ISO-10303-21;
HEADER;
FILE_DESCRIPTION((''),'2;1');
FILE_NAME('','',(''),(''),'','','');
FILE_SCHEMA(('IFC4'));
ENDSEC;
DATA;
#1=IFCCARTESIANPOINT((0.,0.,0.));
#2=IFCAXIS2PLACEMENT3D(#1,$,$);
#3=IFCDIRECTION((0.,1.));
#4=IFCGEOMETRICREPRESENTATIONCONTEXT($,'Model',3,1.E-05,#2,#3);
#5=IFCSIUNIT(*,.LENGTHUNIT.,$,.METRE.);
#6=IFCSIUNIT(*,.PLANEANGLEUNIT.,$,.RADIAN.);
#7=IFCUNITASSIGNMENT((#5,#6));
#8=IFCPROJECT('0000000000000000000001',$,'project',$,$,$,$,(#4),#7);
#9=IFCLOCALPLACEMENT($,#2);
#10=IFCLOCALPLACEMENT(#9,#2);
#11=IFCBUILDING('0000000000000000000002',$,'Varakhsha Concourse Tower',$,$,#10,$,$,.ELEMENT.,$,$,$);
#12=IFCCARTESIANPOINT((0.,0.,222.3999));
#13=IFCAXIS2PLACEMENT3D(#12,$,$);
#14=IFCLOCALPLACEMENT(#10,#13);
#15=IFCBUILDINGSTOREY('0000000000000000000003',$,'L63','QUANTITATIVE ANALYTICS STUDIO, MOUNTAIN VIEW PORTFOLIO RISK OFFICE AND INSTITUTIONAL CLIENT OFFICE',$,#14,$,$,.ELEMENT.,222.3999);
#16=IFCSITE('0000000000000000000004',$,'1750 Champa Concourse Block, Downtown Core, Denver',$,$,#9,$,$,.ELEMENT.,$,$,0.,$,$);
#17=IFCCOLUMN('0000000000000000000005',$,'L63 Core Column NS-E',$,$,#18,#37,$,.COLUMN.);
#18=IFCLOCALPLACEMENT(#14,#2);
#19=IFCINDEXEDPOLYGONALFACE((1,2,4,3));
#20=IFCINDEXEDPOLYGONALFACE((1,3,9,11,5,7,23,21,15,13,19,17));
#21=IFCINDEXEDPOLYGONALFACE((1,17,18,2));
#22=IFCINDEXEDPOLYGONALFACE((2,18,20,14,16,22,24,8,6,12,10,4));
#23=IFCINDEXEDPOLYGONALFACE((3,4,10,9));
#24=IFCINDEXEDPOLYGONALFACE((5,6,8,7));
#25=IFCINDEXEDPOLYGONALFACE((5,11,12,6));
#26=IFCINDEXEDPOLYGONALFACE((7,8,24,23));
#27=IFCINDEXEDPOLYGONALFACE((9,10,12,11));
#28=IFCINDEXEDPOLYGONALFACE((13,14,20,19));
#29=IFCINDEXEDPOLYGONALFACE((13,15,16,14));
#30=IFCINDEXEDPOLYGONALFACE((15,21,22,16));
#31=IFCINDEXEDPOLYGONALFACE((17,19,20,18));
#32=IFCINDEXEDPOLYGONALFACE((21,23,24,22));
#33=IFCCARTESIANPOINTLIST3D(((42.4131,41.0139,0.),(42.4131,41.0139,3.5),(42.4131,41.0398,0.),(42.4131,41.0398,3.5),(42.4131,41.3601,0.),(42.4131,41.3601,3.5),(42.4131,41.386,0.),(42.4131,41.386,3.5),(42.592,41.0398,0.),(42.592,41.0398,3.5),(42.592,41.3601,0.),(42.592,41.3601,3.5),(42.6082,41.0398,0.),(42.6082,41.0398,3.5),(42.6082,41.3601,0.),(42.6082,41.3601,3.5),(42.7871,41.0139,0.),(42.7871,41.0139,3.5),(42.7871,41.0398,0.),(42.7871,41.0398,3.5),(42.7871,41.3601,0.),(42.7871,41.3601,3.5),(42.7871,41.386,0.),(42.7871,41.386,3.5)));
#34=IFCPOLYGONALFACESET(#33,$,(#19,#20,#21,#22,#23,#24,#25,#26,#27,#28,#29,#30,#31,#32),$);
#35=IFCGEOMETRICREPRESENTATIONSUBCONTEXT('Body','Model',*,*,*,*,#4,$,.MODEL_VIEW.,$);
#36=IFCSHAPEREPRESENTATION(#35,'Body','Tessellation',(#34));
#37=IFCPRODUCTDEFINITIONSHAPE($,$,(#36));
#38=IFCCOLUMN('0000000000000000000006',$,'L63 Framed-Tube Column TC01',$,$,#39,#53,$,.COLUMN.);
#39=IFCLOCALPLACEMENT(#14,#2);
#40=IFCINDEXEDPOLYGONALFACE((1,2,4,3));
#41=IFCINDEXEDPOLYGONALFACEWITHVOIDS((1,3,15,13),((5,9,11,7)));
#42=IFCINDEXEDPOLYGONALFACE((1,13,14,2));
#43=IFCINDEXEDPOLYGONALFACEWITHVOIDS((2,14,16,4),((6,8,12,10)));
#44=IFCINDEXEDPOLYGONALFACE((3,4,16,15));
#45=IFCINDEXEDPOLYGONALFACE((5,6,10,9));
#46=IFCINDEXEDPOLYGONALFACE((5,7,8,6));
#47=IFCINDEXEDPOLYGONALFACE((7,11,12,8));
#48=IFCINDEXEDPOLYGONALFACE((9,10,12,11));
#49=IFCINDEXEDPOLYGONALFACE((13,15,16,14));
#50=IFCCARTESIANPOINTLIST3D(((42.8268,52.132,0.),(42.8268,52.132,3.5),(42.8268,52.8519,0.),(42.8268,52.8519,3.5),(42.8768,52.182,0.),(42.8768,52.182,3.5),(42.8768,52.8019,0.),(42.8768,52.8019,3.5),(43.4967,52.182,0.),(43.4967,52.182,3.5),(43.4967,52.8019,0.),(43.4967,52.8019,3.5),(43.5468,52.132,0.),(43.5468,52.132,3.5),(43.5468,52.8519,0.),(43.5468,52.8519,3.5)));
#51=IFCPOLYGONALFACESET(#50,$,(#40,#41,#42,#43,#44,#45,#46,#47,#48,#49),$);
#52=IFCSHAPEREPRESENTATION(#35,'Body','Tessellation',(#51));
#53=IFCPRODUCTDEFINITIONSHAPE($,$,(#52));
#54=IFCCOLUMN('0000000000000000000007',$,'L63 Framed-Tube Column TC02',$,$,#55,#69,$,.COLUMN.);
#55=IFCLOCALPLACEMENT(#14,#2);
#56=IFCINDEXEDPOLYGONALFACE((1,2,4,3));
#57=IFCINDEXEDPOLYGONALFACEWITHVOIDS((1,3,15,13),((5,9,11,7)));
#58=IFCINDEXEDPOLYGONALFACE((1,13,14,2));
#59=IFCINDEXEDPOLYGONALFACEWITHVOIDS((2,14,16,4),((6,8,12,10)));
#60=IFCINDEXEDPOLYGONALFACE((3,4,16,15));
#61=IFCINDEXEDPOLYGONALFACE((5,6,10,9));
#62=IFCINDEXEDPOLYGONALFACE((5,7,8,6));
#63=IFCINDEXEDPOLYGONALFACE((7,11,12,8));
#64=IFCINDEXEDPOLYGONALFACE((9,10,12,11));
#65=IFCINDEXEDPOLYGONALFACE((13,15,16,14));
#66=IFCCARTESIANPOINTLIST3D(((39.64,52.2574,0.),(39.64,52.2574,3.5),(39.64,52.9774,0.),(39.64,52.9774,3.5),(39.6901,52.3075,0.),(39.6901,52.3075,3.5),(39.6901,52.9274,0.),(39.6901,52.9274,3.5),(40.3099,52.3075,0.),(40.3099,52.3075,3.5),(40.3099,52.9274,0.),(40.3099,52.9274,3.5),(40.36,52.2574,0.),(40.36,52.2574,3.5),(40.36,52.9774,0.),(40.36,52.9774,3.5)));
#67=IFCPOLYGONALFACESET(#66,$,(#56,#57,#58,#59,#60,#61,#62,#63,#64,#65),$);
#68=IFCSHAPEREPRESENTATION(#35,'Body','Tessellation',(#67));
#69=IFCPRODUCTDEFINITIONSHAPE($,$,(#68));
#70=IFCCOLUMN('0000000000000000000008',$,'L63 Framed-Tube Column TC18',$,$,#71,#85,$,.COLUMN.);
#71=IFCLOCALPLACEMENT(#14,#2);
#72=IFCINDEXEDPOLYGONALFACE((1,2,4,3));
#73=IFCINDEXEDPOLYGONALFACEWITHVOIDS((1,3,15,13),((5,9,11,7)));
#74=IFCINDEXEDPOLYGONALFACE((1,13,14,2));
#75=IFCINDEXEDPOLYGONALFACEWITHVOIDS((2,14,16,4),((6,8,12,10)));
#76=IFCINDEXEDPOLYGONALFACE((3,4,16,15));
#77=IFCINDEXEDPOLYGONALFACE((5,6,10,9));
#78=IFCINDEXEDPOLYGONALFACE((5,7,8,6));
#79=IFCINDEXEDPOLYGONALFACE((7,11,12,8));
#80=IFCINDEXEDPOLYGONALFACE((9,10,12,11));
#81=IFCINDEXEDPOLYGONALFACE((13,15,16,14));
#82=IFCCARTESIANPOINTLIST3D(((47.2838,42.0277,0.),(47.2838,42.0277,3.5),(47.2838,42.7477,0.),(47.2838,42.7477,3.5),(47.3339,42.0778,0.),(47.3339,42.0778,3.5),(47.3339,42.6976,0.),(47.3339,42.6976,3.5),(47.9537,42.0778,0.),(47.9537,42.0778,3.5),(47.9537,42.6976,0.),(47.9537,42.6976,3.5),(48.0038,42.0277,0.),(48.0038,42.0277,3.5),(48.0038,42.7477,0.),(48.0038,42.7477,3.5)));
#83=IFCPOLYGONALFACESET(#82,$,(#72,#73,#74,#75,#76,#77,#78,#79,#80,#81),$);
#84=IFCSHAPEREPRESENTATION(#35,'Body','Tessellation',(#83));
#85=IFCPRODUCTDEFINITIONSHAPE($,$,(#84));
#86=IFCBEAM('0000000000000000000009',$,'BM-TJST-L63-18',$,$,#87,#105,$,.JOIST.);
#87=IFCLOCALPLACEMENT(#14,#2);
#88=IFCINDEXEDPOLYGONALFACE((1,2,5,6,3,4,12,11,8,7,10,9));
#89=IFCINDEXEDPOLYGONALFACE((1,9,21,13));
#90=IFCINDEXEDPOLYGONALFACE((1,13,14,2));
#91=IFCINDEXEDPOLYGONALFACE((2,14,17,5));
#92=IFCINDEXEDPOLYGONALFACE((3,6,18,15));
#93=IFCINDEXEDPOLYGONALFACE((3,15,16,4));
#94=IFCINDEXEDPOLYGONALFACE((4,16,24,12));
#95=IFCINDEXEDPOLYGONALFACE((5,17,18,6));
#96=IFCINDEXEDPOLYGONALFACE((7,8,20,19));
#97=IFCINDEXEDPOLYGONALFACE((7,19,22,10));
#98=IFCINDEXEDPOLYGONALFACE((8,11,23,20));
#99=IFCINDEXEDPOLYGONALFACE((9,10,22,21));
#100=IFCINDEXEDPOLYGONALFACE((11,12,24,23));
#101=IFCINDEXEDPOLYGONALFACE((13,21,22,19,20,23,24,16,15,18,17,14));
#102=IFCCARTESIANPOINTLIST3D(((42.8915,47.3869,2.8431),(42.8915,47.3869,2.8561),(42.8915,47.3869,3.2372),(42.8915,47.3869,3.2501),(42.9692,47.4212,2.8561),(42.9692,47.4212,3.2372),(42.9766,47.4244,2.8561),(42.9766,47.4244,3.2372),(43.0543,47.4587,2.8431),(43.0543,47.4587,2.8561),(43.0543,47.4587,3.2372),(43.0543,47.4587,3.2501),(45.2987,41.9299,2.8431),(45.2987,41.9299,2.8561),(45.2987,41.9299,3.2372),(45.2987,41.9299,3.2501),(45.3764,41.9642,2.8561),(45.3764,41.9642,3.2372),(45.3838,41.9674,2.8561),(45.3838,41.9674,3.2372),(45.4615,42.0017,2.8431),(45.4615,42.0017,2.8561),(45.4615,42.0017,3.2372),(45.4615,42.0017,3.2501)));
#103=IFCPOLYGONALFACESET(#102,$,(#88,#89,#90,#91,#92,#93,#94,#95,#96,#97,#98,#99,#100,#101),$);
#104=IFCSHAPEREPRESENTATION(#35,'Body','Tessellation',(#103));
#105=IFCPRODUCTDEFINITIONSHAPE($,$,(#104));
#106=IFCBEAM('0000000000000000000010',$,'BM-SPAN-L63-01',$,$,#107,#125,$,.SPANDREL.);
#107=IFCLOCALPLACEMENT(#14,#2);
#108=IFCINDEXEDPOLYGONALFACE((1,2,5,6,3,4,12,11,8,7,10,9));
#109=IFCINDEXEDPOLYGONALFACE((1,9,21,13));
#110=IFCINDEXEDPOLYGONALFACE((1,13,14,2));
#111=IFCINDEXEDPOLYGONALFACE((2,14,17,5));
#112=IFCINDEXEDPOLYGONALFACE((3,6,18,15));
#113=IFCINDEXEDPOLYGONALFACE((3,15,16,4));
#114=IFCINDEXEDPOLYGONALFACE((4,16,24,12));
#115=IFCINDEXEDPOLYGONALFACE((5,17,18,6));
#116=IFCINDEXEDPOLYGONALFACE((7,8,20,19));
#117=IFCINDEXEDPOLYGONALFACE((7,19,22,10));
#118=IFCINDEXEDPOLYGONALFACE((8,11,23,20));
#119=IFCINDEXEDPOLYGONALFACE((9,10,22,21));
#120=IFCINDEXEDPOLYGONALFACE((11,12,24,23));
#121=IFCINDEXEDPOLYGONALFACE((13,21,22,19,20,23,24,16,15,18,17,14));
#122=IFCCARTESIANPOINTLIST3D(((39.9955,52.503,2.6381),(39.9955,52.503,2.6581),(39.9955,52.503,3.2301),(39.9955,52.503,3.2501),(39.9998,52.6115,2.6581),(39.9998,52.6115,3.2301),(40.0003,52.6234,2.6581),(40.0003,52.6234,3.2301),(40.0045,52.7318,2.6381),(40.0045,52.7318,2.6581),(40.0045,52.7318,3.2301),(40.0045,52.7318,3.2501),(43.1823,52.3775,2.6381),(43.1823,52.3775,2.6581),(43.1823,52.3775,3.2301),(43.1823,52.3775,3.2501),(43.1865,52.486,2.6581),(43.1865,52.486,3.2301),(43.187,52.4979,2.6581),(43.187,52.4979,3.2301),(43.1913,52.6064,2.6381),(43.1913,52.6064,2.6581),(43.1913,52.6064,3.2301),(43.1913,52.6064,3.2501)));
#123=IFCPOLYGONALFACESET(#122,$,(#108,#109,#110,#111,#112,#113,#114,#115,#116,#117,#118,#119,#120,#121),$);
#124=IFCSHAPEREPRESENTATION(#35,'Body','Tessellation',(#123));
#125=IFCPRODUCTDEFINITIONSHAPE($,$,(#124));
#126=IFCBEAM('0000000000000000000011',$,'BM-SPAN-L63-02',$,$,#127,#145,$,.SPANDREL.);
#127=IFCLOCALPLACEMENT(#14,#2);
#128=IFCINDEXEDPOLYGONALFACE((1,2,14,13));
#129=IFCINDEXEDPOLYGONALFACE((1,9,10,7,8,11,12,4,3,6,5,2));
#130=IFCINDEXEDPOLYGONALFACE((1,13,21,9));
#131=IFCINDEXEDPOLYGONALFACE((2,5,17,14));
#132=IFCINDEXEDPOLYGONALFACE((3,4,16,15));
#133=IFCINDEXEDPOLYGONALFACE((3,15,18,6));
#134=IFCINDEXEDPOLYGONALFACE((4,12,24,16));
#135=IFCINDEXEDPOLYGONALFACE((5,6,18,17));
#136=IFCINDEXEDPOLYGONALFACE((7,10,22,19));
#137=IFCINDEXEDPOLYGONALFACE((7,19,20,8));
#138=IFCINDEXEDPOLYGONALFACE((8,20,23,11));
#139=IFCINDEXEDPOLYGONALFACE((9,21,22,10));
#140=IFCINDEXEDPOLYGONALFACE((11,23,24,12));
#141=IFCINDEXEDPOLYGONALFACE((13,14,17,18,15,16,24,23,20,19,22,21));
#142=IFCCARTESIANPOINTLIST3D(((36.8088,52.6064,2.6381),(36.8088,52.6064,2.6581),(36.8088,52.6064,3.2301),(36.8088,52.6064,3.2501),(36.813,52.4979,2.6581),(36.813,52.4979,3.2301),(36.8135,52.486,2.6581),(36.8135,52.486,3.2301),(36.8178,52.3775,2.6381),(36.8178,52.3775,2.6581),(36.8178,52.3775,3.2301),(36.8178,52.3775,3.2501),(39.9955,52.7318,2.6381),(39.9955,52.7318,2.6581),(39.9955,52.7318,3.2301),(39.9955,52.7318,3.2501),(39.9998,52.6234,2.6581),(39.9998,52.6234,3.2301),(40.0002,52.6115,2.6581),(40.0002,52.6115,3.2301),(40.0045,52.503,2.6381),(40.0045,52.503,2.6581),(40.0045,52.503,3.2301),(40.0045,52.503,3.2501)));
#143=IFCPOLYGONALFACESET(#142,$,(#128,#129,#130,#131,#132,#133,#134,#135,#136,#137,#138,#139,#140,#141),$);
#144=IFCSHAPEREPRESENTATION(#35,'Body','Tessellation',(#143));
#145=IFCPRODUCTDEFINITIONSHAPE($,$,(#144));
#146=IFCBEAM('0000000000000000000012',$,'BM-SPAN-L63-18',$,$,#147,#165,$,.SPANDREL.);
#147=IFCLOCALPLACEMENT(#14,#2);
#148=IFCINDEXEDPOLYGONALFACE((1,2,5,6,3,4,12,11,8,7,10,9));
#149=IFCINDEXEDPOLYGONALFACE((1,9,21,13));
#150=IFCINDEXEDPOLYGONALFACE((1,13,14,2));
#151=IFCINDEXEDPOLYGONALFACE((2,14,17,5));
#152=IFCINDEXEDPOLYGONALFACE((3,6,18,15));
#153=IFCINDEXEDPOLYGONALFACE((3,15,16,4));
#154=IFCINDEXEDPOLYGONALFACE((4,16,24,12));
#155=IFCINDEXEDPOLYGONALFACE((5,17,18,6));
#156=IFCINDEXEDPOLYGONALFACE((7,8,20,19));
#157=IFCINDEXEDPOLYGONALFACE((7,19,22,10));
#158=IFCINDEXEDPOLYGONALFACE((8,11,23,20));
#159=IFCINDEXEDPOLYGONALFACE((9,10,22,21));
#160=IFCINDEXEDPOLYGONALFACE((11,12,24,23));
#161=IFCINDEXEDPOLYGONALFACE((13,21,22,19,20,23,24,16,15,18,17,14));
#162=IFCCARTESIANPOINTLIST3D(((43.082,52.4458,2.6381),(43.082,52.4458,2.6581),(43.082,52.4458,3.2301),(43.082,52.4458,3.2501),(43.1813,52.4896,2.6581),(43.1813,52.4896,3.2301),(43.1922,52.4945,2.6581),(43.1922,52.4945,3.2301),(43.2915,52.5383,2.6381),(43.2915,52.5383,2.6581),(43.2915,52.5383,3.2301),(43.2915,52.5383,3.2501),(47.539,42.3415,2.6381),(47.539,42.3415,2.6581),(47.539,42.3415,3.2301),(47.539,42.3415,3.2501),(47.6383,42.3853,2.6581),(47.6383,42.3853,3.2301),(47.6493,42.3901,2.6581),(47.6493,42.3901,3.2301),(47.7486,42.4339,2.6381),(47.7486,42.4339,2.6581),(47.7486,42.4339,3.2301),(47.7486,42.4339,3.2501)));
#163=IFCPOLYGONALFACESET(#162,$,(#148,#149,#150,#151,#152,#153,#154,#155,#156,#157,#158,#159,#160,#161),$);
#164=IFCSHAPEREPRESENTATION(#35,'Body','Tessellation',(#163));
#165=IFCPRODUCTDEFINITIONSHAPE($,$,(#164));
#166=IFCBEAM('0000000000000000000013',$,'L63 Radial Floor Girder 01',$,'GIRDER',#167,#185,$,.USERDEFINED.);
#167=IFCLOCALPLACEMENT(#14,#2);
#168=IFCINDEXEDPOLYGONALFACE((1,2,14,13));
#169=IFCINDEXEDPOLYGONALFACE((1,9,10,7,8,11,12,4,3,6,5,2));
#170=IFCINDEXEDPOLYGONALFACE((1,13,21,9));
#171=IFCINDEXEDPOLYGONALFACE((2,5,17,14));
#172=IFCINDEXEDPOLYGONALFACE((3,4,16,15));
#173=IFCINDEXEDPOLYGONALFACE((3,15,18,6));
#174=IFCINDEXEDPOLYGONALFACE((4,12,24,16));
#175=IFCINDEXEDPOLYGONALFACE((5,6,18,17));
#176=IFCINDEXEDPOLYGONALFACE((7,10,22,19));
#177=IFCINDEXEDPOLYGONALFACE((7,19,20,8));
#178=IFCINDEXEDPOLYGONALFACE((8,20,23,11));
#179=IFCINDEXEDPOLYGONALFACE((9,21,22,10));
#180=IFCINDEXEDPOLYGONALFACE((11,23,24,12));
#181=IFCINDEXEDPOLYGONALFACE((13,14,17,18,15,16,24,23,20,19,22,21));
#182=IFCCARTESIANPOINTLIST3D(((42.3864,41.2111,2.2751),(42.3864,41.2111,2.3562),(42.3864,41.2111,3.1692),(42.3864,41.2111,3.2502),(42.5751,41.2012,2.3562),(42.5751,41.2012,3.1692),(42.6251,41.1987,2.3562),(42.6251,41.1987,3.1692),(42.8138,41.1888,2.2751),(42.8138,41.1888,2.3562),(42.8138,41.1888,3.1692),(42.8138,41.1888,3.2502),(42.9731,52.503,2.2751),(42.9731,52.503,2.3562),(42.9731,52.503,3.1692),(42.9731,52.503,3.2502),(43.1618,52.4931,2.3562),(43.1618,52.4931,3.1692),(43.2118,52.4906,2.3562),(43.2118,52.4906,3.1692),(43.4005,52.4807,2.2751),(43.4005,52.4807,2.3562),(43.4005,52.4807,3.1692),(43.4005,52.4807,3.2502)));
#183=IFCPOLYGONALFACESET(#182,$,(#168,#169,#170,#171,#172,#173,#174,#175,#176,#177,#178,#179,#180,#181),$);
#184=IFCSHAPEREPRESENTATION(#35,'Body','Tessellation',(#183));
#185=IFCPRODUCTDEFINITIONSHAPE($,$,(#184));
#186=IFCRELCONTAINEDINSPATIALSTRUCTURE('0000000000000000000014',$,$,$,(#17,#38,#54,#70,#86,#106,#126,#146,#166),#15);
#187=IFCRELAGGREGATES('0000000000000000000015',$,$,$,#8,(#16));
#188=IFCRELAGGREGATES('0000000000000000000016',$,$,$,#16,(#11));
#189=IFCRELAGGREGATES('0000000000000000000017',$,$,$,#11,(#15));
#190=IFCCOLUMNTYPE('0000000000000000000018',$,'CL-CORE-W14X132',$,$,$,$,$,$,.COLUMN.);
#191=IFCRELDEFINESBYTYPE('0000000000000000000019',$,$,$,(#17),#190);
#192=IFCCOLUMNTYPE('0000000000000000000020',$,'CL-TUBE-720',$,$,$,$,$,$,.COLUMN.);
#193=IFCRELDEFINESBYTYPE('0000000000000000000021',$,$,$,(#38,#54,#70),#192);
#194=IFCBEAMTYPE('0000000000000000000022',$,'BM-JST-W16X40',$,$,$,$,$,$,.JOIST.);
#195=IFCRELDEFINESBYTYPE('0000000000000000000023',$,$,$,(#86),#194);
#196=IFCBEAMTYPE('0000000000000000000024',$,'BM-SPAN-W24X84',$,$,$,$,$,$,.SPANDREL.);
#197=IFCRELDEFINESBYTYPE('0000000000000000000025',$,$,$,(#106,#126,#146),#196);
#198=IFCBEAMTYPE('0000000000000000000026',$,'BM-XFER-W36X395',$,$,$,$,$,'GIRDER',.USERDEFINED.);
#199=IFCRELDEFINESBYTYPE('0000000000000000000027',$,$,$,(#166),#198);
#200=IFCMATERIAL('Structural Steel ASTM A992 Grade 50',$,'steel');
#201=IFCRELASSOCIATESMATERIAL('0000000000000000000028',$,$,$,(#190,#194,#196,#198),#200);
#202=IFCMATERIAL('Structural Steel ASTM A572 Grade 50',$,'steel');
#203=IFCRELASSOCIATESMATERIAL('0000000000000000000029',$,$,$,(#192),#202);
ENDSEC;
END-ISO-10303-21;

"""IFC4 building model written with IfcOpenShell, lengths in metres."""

from ifc_helpers import new_model, si_unit, direction, frame, origin, origin_2d, place, context, subcontext, project, spatial, hollow_rectangle, i_section, extrude, material, material_profile, profile_set, type_object, element, save


model = new_model("IFC4")

# Units and contexts
model_context = context("Model", 3, precision=1e-05, world=origin(), true_north=direction((0.0, 1.0)))
body_context = subcontext(model_context, "Body", "Model", "MODEL_VIEW")
ifc_project = project(units=[si_unit("LENGTHUNIT", "METRE"), si_unit("PLANEANGLEUNIT", "RADIAN")], contexts=[model_context])

# Site, building, storey
site_placement = place(None, origin())
site = spatial("IfcSite", under=ifc_project, at=site_placement, Name="1750 Champa Concourse Block, Downtown Core, Denver", CompositionType="ELEMENT", RefElevation=0.0)
building_placement = place(site_placement, origin())
building = spatial("IfcBuilding", under=site, at=building_placement, Name="Varakhsha Concourse Tower", CompositionType="ELEMENT")
storey_placement = place(building_placement, frame((0.0, 0.0, 222.3999)))
storey = spatial("IfcBuildingStorey", under=building, at=storey_placement, Name="L63", Description="QUANTITATIVE ANALYTICS STUDIO, MOUNTAIN VIEW PORTFOLIO RISK OFFICE AND INSTITUTIONAL CLIENT OFFICE", CompositionType="ELEMENT", Elevation=222.3999)

# Columns
ifc_material_1 = material(Name="Structural Steel ASTM A992 Grade 50", Category="steel")
ifc_material_profile_1 = material_profile(ifc_material_1, i_section(OverallWidth=0.374, OverallDepth=0.3721, WebThickness=0.0161, FlangeThickness=0.0259, at=origin_2d()), Name="W14X132")
ifc_profile_set_1 = profile_set([ifc_material_profile_1], Name="Structural Steel ASTM A992 Grade 50")
column_type_1 = type_object("IfcColumnType", Name="CL-CORE-W14X132", PredefinedType="COLUMN", material=ifc_profile_set_1)
column_placement = place(storey_placement, frame((42.6001, 41.2, 0.0), z_axis=(0.0, 0.0, 1.0), x_axis=(1.0, 0.0, 0.0)))
element("IfcColumn", 1, at=column_placement, inside=storey, type_object=column_type_1, Name="L63 Core Column NS-E", PredefinedType="COLUMN", context=body_context, shape_type="SweptSolid", body=[
    extrude(i_section(OverallWidth=0.374, OverallDepth=0.3721, WebThickness=0.0161, FlangeThickness=0.0259, at=origin_2d()), origin(), (0.0, 0.0, 1.0), 3.5),
])
ifc_material_2 = material(Name="Structural Steel ASTM A572 Grade 50", Category="steel")
ifc_material_profile_2 = material_profile(ifc_material_2, hollow_rectangle(XDim=0.72, YDim=0.72, WallThickness=0.05, at=origin_2d()), Name="BOX 720x720x50")
ifc_profile_set_2 = profile_set([ifc_material_profile_2], Name="Structural Steel ASTM A572 Grade 50")
column_type_2 = type_object("IfcColumnType", Name="CL-TUBE-720", PredefinedType="COLUMN", material=ifc_profile_set_2)
for number, where, z_axis, x_axis, name in (
    (2, (43.1868, 52.4919, 0.0), (0.0, 0.0, 1.0), (1.0, 0.0, 0.0), "L63 Framed-Tube Column TC01"),
    (3, (40.0, 52.6174, 0.0), (0.0, 0.0, 1.0), (1.0, 0.0, 0.0), "L63 Framed-Tube Column TC02"),
    (4, (47.6438, 42.3877, 0.0), (0.0, 0.0, 1.0), (1.0, 0.0, 0.0), "L63 Framed-Tube Column TC18"),
):
    element("IfcColumn", number, at=place(storey_placement, frame(where, z_axis=z_axis, x_axis=x_axis)), inside=storey, type_object=column_type_2, Name=name, PredefinedType="COLUMN", context=body_context, shape_type="SweptSolid", body=[
        extrude(hollow_rectangle(XDim=0.72, YDim=0.72, WallThickness=0.05, at=origin_2d()), origin(), (0.0, 0.0, 1.0), 3.5),
    ])

# Beams
ifc_material_profile_3 = material_profile(ifc_material_1, i_section(OverallWidth=0.178, OverallDepth=0.407, WebThickness=0.0081, FlangeThickness=0.0129, at=origin_2d()), Name="W16X40")
ifc_profile_set_3 = profile_set([ifc_material_profile_3], Name="Structural Steel ASTM A992 Grade 50")
beam_type_1 = type_object("IfcBeamType", Name="BM-JST-W16X40", PredefinedType="JOIST", material=ifc_profile_set_3)
beam_1_placement = place(storey_placement, frame((45.3801, 41.9658, 3.0466), z_axis=(-0.4036, 0.914936, 0.0), x_axis=(-0.914936, -0.4036, 0.0)))
element("IfcBeam", 5, at=beam_1_placement, inside=storey, type_object=beam_type_1, Name="BM-TJST-L63-18", PredefinedType="JOIST", context=body_context, shape_type="SweptSolid", body=[
    extrude(i_section(OverallWidth=0.178, OverallDepth=0.407, WebThickness=0.0081, FlangeThickness=0.0129, at=origin_2d()), origin(), (0.0, 0.0, 1.0), 5.9644),
])
ifc_material_profile_4 = material_profile(ifc_material_1, i_section(OverallWidth=0.229, OverallDepth=0.6121, WebThickness=0.012, FlangeThickness=0.02, at=origin_2d()), Name="W24X84")
ifc_profile_set_4 = profile_set([ifc_material_profile_4], Name="Structural Steel ASTM A992 Grade 50")
beam_type_2 = type_object("IfcBeamType", Name="BM-SPAN-W24X84", PredefinedType="SPANDREL", material=ifc_profile_set_4)
for number, where, z_axis, x_axis, name in (
    (6, (43.1868, 52.4919, 2.9441), (-0.999226, 0.039347, 0.0), (-0.039347, -0.999226, 0.0), "BM-SPAN-L63-01"),
    (7, (40.0, 52.6174, 2.9441), (-0.999226, -0.039347, 0.0), (0.039347, -0.999226, 0.0), "BM-SPAN-L63-02"),
):
    element("IfcBeam", number, at=place(storey_placement, frame(where, z_axis=z_axis, x_axis=x_axis)), inside=storey, type_object=beam_type_2, Name=name, PredefinedType="SPANDREL", context=body_context, shape_type="SweptSolid", body=[
        extrude(i_section(OverallWidth=0.229, OverallDepth=0.6121, WebThickness=0.012, FlangeThickness=0.02, at=origin_2d()), origin(), (0.0, 0.0, 1.0), 3.1892),
    ])
beam_2_placement = place(storey_placement, frame((47.6438, 42.3877, 2.9441), z_axis=(-0.403585, 0.914942, 0.0), x_axis=(-0.914942, -0.403585, 0.0)))
element("IfcBeam", 8, at=beam_2_placement, inside=storey, type_object=beam_type_2, Name="BM-SPAN-L63-18", PredefinedType="SPANDREL", context=body_context, shape_type="SweptSolid", body=[
    extrude(i_section(OverallWidth=0.229, OverallDepth=0.6121, WebThickness=0.012, FlangeThickness=0.02, at=origin_2d()), origin(), (0.0, 0.0, 1.0), 11.0437),
])
ifc_material_profile_5 = material_profile(ifc_material_1, i_section(OverallWidth=0.428, OverallDepth=0.9751, WebThickness=0.05, FlangeThickness=0.0811, at=origin_2d()), Name="W36X395")
ifc_profile_set_5 = profile_set([ifc_material_profile_5], Name="Structural Steel ASTM A992 Grade 50")
beam_type_3 = type_object("IfcBeamType", Name="BM-XFER-W36X395", ElementType="GIRDER", PredefinedType="USERDEFINED", material=ifc_profile_set_5)
beam_3_placement = place(storey_placement, frame((42.6001, 41.2, 2.7627), z_axis=(0.051885, 0.998653, 0.0), x_axis=(-0.998653, 0.051885, 0.0)))
element("IfcBeam", 9, at=beam_3_placement, inside=storey, type_object=beam_type_3, Name="L63 Radial Floor Girder 01", ObjectType="GIRDER", PredefinedType="USERDEFINED", context=body_context, shape_type="SweptSolid", body=[
    extrude(i_section(OverallWidth=0.428, OverallDepth=0.9751, WebThickness=0.05, FlangeThickness=0.0811, at=origin_2d()), origin(), (0.0, 0.0, 1.0), 11.3071),
])

save(model, "model.ifc")
